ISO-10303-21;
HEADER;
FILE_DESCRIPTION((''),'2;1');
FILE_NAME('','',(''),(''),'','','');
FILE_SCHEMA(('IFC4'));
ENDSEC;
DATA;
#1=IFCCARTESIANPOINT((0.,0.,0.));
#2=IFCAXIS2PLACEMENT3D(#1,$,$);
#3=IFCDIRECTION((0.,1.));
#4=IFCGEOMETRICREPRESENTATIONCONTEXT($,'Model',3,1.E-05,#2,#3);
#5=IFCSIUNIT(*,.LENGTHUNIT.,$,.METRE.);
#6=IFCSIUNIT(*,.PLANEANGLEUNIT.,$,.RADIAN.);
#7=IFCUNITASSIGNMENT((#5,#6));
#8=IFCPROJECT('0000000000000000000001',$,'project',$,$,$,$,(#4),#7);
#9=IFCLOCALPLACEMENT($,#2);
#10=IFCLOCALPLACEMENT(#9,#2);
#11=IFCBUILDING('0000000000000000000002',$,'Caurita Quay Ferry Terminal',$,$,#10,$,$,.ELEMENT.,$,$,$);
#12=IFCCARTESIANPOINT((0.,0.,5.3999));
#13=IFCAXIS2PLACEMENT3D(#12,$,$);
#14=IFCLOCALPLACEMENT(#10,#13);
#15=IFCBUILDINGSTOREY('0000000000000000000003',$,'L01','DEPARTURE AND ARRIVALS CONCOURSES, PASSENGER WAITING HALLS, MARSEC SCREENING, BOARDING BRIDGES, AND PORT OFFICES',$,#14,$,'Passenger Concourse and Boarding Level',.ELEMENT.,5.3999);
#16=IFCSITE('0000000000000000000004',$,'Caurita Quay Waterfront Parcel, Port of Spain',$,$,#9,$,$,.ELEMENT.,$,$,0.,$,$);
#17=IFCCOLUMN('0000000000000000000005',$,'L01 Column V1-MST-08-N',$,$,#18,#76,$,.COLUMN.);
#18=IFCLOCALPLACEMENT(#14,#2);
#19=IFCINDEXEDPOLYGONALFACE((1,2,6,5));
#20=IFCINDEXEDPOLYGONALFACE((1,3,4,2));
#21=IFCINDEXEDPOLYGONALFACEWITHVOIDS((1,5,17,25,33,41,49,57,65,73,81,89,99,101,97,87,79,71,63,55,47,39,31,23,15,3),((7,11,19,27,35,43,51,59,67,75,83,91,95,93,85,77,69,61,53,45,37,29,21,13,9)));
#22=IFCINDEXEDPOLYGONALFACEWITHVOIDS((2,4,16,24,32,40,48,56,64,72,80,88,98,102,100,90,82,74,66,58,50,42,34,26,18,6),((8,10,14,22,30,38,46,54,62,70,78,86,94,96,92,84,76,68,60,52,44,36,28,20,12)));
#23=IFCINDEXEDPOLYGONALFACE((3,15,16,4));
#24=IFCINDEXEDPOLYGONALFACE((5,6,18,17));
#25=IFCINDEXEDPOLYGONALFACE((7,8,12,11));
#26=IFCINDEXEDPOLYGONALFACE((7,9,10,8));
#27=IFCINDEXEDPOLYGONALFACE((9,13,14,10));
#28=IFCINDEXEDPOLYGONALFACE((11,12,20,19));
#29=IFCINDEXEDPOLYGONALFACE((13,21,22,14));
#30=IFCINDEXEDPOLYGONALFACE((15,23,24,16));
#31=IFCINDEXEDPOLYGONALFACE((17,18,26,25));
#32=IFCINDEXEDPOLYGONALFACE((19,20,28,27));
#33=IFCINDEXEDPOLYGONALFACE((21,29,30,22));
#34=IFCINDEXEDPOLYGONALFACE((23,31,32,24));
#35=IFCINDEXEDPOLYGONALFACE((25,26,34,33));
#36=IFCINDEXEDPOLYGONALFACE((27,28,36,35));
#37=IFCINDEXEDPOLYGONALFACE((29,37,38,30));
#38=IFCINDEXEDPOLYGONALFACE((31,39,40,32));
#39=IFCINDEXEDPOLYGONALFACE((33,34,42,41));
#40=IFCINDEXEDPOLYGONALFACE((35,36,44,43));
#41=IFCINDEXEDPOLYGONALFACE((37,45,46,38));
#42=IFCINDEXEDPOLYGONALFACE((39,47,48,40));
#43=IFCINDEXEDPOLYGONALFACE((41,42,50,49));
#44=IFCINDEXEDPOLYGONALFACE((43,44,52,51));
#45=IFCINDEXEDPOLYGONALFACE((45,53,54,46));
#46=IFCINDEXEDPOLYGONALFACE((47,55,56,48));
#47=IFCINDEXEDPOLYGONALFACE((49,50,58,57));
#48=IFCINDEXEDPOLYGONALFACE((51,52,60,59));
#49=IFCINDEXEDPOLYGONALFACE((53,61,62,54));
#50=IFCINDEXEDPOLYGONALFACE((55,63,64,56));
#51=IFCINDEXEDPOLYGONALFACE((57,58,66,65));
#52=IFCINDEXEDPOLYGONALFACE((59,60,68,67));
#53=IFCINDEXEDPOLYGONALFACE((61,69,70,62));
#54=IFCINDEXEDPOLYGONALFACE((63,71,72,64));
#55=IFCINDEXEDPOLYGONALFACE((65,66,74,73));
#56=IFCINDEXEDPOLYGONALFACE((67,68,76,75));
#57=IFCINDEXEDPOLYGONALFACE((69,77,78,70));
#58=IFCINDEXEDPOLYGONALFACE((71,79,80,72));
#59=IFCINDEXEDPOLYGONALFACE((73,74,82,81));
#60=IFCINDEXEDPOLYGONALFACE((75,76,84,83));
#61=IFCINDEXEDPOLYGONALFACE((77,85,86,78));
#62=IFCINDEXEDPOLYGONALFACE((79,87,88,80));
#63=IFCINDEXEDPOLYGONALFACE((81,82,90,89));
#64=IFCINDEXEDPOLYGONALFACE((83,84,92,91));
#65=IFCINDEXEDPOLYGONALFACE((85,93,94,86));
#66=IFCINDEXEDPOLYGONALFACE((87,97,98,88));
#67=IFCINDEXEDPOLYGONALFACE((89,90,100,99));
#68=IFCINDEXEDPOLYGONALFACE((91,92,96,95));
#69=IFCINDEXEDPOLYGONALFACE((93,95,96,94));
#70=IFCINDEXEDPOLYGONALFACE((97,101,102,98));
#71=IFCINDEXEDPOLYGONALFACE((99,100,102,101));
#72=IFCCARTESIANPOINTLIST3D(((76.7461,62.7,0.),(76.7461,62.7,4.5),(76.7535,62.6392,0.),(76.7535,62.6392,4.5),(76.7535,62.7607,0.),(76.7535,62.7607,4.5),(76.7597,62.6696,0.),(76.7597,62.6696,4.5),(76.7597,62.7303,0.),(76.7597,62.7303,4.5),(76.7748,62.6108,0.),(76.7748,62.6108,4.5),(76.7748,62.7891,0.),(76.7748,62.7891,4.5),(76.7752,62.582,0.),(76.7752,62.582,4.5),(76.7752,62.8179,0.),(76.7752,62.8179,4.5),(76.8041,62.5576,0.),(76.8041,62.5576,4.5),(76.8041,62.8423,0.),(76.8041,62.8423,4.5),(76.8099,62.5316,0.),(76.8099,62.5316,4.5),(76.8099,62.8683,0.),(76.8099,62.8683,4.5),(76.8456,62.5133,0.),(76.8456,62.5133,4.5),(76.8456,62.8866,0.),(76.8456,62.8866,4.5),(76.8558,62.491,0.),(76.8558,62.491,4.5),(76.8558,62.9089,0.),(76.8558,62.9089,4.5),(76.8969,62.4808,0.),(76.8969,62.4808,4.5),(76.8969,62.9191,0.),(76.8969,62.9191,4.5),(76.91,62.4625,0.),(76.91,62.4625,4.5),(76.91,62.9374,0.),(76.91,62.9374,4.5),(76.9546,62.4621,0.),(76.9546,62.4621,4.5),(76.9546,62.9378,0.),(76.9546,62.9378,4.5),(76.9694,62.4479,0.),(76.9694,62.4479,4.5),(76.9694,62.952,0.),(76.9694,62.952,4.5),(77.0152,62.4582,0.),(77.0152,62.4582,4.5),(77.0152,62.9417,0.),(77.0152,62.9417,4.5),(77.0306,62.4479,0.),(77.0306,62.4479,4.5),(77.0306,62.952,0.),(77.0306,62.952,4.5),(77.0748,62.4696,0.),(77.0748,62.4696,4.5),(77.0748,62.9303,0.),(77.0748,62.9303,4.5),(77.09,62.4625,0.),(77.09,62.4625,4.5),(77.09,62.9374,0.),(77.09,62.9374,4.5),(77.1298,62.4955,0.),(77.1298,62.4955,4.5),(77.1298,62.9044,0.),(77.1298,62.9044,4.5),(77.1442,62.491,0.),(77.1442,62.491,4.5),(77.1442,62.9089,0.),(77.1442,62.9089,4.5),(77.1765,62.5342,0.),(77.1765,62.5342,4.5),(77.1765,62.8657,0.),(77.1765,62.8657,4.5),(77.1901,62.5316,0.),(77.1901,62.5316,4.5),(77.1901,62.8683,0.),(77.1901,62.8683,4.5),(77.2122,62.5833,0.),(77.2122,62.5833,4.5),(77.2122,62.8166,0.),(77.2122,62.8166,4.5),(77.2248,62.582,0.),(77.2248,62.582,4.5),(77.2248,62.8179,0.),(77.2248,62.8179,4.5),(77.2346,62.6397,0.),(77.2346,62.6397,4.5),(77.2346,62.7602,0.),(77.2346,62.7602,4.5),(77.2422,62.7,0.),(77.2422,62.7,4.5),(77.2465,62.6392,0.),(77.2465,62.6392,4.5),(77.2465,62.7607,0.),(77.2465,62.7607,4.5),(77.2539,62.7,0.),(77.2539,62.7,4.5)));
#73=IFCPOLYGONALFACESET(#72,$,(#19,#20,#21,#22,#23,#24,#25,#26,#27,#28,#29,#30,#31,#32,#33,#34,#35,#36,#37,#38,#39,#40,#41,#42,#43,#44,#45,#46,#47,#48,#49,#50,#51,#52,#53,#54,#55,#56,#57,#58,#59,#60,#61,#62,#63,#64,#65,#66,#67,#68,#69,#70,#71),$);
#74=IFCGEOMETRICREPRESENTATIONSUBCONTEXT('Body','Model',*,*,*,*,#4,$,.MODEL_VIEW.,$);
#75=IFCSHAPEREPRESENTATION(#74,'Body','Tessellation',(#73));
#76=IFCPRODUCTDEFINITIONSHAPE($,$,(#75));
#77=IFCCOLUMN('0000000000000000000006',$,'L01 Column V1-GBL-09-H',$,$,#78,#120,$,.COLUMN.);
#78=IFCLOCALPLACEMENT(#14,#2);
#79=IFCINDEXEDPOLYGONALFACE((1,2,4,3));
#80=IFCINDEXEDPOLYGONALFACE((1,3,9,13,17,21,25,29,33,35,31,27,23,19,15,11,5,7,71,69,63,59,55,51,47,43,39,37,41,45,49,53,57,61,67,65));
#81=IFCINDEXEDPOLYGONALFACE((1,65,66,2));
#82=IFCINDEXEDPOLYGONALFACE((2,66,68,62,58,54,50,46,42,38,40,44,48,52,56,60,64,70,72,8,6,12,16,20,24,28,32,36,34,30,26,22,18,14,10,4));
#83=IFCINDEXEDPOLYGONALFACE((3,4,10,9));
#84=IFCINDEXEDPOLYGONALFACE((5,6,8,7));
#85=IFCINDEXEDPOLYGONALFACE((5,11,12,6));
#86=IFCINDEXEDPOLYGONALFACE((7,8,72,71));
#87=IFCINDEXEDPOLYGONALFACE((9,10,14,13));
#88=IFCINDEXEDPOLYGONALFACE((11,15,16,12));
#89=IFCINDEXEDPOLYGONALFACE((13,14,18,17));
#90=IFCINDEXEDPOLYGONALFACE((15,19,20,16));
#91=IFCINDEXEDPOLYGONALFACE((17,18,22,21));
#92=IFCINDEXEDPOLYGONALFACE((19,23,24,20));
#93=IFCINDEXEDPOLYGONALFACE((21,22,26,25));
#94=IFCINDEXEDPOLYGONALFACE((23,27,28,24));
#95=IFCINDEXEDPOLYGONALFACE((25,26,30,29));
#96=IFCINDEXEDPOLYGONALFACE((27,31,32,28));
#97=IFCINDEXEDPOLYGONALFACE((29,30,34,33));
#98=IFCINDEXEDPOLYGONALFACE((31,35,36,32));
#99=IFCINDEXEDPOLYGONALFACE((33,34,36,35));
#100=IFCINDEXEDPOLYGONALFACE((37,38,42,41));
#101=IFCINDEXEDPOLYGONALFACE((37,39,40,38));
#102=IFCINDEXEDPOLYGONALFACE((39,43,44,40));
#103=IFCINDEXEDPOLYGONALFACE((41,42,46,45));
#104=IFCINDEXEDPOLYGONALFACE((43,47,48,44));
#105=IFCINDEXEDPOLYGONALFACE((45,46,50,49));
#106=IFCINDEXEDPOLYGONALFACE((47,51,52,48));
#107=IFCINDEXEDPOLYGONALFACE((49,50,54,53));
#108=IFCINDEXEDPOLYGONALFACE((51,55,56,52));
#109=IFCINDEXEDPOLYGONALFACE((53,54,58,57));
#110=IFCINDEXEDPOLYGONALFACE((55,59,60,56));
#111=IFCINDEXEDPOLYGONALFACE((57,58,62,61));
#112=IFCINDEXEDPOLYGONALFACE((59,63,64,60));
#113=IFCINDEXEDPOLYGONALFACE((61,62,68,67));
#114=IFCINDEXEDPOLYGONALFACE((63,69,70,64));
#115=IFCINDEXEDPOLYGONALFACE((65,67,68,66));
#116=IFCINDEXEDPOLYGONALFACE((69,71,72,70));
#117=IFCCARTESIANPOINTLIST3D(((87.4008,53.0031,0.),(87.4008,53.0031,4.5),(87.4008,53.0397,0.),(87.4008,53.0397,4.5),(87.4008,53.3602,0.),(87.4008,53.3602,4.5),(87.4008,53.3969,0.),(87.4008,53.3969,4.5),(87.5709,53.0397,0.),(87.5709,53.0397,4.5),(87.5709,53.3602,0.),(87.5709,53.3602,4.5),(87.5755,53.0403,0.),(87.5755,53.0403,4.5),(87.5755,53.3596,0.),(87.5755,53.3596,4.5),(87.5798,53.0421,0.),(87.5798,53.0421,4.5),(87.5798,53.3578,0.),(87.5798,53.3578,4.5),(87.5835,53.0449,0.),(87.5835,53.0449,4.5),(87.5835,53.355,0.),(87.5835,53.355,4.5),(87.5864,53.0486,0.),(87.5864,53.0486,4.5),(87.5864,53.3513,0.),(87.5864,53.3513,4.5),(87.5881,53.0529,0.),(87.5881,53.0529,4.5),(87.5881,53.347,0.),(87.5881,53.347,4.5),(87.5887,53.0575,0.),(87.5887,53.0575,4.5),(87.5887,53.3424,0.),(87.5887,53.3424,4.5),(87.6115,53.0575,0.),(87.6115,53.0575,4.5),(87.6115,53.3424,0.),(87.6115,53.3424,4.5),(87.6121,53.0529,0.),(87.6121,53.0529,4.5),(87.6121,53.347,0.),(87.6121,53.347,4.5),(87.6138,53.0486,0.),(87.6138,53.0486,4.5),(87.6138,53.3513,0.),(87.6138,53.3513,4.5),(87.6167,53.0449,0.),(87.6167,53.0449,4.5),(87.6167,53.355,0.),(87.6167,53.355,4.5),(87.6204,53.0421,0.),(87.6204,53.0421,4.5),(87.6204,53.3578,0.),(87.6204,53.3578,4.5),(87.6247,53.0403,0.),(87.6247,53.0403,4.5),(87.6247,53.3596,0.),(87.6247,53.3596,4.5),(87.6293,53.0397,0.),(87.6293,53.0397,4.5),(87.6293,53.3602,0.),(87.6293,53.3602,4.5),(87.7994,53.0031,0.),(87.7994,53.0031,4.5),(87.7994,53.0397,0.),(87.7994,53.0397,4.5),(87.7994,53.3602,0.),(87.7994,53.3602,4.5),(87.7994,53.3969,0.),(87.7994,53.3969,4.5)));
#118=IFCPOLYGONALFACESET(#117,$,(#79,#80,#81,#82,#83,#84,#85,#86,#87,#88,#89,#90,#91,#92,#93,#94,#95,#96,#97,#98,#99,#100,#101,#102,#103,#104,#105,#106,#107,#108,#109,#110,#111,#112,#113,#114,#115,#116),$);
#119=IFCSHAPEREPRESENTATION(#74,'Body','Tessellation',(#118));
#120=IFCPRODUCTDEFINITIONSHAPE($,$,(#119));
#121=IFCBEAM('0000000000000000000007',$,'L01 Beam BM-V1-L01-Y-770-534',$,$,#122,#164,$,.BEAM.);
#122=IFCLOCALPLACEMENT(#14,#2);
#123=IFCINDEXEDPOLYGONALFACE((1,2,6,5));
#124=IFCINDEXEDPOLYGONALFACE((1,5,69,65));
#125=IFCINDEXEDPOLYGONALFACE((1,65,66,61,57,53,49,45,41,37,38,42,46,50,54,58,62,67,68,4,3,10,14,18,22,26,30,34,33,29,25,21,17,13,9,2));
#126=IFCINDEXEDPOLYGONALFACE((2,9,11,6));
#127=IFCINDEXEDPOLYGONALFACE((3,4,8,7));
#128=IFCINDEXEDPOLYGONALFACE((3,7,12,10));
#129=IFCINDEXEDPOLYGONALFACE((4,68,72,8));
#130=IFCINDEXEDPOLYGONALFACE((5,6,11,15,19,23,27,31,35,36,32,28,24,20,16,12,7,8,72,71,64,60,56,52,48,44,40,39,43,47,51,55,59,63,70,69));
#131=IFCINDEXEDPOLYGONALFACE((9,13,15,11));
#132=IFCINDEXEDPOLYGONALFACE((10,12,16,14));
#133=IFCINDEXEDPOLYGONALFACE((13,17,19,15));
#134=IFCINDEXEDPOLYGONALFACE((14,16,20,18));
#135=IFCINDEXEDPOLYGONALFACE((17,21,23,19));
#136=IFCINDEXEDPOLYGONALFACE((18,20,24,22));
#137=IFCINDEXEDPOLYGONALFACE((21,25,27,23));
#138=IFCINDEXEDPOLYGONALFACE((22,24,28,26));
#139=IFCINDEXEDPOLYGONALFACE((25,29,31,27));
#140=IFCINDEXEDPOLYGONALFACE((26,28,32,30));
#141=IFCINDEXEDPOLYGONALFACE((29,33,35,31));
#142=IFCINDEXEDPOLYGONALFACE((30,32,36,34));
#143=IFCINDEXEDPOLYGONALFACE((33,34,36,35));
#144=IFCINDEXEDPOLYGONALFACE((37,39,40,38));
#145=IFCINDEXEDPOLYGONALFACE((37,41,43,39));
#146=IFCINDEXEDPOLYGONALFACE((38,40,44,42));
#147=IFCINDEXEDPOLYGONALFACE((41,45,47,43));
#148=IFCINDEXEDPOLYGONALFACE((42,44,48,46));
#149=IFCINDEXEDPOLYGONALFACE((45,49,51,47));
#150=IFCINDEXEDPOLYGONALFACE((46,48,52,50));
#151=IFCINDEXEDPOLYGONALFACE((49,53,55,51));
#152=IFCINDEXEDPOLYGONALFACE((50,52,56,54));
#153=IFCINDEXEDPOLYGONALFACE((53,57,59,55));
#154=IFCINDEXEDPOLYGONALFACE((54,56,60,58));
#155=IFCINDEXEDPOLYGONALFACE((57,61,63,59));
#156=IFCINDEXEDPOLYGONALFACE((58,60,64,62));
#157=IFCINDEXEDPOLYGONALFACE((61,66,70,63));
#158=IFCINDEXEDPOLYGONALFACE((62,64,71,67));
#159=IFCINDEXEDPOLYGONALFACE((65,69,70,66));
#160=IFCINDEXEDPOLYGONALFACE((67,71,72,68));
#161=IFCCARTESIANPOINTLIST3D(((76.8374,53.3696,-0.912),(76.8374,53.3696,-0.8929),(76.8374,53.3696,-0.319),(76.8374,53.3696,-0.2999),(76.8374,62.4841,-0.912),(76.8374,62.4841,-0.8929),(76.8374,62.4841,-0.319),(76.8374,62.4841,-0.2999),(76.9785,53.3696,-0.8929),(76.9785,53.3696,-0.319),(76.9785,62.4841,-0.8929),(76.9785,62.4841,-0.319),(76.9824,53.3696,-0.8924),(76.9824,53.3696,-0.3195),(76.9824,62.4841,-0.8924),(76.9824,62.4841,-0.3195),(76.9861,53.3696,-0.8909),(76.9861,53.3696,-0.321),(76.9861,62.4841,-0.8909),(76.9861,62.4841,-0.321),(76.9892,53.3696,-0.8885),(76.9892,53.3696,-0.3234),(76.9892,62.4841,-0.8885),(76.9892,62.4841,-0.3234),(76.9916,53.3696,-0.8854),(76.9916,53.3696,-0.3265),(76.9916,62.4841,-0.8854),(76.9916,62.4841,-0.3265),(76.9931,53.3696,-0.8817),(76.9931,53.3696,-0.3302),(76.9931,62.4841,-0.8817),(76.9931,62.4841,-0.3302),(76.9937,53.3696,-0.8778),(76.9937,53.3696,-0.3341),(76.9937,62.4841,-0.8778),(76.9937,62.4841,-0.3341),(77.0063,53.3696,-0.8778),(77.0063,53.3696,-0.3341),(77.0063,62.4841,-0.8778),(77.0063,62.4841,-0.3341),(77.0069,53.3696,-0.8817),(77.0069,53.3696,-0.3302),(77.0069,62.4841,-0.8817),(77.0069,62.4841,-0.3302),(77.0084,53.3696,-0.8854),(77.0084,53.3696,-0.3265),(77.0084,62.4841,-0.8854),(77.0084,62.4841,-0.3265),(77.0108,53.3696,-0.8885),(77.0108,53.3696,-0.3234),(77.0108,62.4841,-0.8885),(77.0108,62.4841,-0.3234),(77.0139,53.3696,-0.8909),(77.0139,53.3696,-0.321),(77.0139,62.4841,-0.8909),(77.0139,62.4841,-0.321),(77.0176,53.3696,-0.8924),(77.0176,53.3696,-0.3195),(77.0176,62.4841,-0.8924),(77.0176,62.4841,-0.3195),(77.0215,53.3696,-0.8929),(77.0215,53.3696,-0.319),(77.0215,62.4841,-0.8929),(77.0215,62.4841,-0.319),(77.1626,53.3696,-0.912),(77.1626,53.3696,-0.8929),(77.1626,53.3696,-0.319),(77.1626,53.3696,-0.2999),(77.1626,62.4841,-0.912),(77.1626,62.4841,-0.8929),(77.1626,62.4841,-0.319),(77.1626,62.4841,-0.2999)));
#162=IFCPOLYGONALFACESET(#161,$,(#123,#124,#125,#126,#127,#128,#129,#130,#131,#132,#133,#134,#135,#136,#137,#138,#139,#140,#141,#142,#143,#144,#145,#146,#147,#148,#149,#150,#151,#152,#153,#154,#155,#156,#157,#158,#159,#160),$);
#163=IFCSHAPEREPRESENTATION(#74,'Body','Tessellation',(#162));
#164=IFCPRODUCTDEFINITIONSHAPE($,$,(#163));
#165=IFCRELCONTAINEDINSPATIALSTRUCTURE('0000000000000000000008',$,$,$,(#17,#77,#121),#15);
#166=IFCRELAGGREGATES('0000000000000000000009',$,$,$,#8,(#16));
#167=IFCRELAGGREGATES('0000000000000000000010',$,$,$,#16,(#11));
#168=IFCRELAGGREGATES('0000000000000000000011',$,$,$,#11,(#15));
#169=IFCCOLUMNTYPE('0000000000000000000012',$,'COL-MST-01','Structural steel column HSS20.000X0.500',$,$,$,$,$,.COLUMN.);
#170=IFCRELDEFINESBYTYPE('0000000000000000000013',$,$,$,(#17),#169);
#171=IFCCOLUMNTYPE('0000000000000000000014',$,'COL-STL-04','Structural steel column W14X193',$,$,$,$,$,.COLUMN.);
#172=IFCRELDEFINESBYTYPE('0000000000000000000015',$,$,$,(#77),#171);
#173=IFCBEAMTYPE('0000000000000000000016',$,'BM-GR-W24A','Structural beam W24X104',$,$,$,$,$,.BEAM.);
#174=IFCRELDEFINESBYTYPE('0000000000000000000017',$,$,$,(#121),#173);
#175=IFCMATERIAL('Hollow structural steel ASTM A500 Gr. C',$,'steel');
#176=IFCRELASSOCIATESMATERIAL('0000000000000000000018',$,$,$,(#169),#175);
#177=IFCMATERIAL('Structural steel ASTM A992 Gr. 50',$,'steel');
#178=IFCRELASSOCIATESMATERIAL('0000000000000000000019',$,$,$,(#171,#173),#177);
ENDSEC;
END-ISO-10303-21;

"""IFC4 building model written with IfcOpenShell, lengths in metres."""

from ifc_helpers import new_model, si_unit, direction, frame, origin, origin_2d, place, context, subcontext, project, spatial, hollow_circle, i_section, extrude, material, material_profile, profile_set, type_object, element, save


model = new_model("IFC4")

# Units and contexts
model_context = context("Model", 3, precision=1e-05, world=origin(), true_north=direction((0.0, 1.0)))
body_context = subcontext(model_context, "Body", "Model", "MODEL_VIEW")
ifc_project = project(units=[si_unit("LENGTHUNIT", "METRE"), si_unit("PLANEANGLEUNIT", "RADIAN")], contexts=[model_context])

# Site, building, storey
site_placement = place(None, origin())
site = spatial("IfcSite", under=ifc_project, at=site_placement, Name="Caurita Quay Waterfront Parcel, Port of Spain", CompositionType="ELEMENT", RefElevation=0.0)
building_placement = place(site_placement, origin())
building = spatial("IfcBuilding", under=site, at=building_placement, Name="Caurita Quay Ferry Terminal", CompositionType="ELEMENT")
storey_placement = place(building_placement, frame((0.0, 0.0, 5.3999)))
storey = spatial("IfcBuildingStorey", under=building, at=storey_placement, Name="L01", Description="DEPARTURE AND ARRIVALS CONCOURSES, PASSENGER WAITING HALLS, MARSEC SCREENING, BOARDING BRIDGES, AND PORT OFFICES", LongName="Passenger Concourse and Boarding Level", CompositionType="ELEMENT", Elevation=5.3999)

# Columns
ifc_material_1 = material(Name="Hollow structural steel ASTM A500 Gr. C", Category="steel")
ifc_material_profile_1 = material_profile(ifc_material_1, hollow_circle(Radius=0.2539, WallThickness=0.0117, at=origin_2d()), Name="HSS20.000X0.500")
ifc_profile_set_1 = profile_set([ifc_material_profile_1], Name="Hollow structural steel ASTM A500 Gr. C")
column_type_1 = type_object("IfcColumnType", Name="COL-MST-01", Description="Structural steel column HSS20.000X0.500", PredefinedType="COLUMN", material=ifc_profile_set_1)
column_1_placement = place(storey_placement, frame((77.0, 62.7, 0.0), z_axis=(0.0, 0.0, 1.0), x_axis=(1.0, 0.0, 0.0)))
element("IfcColumn", 1, at=column_1_placement, inside=storey, type_object=column_type_1, Name="L01 Column V1-MST-08-N", PredefinedType="COLUMN", context=body_context, shape_type="SweptSolid", body=[
    extrude(hollow_circle(Radius=0.2539, WallThickness=0.0117, at=origin_2d()), origin(), (0.0, 0.0, 1.0), 4.5),
])
ifc_material_2 = material(Name="Structural steel ASTM A992 Gr. 50", Category="steel")
ifc_material_profile_2 = material_profile(ifc_material_2, i_section(OverallWidth=0.3987, OverallDepth=0.3938, WebThickness=0.0227, FlangeThickness=0.0366, FilletRadius=0.0178, at=origin_2d()), Name="W14X193")
ifc_profile_set_2 = profile_set([ifc_material_profile_2], Name="Structural steel ASTM A992 Gr. 50")
column_type_2 = type_object("IfcColumnType", Name="COL-STL-04", Description="Structural steel column W14X193", PredefinedType="COLUMN", material=ifc_profile_set_2)
column_2_placement = place(storey_placement, frame((87.6001, 53.2, 0.0), z_axis=(0.0, 0.0, 1.0), x_axis=(1.0, 0.0, 0.0)))
element("IfcColumn", 2, at=column_2_placement, inside=storey, type_object=column_type_2, Name="L01 Column V1-GBL-09-H", PredefinedType="COLUMN", context=body_context, shape_type="SweptSolid", body=[
    extrude(i_section(OverallWidth=0.3987, OverallDepth=0.3938, WebThickness=0.0227, FlangeThickness=0.0366, FilletRadius=0.0178, at=origin_2d()), origin(), (0.0, 0.0, 1.0), 4.5),
])

# Beam
ifc_material_profile_3 = material_profile(ifc_material_2, i_section(OverallWidth=0.3252, OverallDepth=0.6121, WebThickness=0.0127, FlangeThickness=0.019, FilletRadius=0.0151, at=origin_2d()), Name="W24X104")
ifc_profile_set_3 = profile_set([ifc_material_profile_3], Name="Structural steel ASTM A992 Gr. 50")
beam_type_1 = type_object("IfcBeamType", Name="BM-GR-W24A", Description="Structural beam W24X104", PredefinedType="BEAM", material=ifc_profile_set_3)
beam_1_placement = place(storey_placement, frame((77.0, 53.3696, -0.606), z_axis=(0.0, 1.0, 0.0), x_axis=(-1.0, 0.0, 0.0)))
element("IfcBeam", 3, at=beam_1_placement, inside=storey, type_object=beam_type_1, Name="L01 Beam BM-V1-L01-Y-770-534", PredefinedType="BEAM", context=body_context, shape_type="SweptSolid", body=[
    extrude(i_section(OverallWidth=0.3252, OverallDepth=0.6121, WebThickness=0.0127, FlangeThickness=0.019, FilletRadius=0.0151, at=origin_2d()), origin(), (0.0, 0.0, 1.0), 9.1145),
])

save(model, "model.ifc")
